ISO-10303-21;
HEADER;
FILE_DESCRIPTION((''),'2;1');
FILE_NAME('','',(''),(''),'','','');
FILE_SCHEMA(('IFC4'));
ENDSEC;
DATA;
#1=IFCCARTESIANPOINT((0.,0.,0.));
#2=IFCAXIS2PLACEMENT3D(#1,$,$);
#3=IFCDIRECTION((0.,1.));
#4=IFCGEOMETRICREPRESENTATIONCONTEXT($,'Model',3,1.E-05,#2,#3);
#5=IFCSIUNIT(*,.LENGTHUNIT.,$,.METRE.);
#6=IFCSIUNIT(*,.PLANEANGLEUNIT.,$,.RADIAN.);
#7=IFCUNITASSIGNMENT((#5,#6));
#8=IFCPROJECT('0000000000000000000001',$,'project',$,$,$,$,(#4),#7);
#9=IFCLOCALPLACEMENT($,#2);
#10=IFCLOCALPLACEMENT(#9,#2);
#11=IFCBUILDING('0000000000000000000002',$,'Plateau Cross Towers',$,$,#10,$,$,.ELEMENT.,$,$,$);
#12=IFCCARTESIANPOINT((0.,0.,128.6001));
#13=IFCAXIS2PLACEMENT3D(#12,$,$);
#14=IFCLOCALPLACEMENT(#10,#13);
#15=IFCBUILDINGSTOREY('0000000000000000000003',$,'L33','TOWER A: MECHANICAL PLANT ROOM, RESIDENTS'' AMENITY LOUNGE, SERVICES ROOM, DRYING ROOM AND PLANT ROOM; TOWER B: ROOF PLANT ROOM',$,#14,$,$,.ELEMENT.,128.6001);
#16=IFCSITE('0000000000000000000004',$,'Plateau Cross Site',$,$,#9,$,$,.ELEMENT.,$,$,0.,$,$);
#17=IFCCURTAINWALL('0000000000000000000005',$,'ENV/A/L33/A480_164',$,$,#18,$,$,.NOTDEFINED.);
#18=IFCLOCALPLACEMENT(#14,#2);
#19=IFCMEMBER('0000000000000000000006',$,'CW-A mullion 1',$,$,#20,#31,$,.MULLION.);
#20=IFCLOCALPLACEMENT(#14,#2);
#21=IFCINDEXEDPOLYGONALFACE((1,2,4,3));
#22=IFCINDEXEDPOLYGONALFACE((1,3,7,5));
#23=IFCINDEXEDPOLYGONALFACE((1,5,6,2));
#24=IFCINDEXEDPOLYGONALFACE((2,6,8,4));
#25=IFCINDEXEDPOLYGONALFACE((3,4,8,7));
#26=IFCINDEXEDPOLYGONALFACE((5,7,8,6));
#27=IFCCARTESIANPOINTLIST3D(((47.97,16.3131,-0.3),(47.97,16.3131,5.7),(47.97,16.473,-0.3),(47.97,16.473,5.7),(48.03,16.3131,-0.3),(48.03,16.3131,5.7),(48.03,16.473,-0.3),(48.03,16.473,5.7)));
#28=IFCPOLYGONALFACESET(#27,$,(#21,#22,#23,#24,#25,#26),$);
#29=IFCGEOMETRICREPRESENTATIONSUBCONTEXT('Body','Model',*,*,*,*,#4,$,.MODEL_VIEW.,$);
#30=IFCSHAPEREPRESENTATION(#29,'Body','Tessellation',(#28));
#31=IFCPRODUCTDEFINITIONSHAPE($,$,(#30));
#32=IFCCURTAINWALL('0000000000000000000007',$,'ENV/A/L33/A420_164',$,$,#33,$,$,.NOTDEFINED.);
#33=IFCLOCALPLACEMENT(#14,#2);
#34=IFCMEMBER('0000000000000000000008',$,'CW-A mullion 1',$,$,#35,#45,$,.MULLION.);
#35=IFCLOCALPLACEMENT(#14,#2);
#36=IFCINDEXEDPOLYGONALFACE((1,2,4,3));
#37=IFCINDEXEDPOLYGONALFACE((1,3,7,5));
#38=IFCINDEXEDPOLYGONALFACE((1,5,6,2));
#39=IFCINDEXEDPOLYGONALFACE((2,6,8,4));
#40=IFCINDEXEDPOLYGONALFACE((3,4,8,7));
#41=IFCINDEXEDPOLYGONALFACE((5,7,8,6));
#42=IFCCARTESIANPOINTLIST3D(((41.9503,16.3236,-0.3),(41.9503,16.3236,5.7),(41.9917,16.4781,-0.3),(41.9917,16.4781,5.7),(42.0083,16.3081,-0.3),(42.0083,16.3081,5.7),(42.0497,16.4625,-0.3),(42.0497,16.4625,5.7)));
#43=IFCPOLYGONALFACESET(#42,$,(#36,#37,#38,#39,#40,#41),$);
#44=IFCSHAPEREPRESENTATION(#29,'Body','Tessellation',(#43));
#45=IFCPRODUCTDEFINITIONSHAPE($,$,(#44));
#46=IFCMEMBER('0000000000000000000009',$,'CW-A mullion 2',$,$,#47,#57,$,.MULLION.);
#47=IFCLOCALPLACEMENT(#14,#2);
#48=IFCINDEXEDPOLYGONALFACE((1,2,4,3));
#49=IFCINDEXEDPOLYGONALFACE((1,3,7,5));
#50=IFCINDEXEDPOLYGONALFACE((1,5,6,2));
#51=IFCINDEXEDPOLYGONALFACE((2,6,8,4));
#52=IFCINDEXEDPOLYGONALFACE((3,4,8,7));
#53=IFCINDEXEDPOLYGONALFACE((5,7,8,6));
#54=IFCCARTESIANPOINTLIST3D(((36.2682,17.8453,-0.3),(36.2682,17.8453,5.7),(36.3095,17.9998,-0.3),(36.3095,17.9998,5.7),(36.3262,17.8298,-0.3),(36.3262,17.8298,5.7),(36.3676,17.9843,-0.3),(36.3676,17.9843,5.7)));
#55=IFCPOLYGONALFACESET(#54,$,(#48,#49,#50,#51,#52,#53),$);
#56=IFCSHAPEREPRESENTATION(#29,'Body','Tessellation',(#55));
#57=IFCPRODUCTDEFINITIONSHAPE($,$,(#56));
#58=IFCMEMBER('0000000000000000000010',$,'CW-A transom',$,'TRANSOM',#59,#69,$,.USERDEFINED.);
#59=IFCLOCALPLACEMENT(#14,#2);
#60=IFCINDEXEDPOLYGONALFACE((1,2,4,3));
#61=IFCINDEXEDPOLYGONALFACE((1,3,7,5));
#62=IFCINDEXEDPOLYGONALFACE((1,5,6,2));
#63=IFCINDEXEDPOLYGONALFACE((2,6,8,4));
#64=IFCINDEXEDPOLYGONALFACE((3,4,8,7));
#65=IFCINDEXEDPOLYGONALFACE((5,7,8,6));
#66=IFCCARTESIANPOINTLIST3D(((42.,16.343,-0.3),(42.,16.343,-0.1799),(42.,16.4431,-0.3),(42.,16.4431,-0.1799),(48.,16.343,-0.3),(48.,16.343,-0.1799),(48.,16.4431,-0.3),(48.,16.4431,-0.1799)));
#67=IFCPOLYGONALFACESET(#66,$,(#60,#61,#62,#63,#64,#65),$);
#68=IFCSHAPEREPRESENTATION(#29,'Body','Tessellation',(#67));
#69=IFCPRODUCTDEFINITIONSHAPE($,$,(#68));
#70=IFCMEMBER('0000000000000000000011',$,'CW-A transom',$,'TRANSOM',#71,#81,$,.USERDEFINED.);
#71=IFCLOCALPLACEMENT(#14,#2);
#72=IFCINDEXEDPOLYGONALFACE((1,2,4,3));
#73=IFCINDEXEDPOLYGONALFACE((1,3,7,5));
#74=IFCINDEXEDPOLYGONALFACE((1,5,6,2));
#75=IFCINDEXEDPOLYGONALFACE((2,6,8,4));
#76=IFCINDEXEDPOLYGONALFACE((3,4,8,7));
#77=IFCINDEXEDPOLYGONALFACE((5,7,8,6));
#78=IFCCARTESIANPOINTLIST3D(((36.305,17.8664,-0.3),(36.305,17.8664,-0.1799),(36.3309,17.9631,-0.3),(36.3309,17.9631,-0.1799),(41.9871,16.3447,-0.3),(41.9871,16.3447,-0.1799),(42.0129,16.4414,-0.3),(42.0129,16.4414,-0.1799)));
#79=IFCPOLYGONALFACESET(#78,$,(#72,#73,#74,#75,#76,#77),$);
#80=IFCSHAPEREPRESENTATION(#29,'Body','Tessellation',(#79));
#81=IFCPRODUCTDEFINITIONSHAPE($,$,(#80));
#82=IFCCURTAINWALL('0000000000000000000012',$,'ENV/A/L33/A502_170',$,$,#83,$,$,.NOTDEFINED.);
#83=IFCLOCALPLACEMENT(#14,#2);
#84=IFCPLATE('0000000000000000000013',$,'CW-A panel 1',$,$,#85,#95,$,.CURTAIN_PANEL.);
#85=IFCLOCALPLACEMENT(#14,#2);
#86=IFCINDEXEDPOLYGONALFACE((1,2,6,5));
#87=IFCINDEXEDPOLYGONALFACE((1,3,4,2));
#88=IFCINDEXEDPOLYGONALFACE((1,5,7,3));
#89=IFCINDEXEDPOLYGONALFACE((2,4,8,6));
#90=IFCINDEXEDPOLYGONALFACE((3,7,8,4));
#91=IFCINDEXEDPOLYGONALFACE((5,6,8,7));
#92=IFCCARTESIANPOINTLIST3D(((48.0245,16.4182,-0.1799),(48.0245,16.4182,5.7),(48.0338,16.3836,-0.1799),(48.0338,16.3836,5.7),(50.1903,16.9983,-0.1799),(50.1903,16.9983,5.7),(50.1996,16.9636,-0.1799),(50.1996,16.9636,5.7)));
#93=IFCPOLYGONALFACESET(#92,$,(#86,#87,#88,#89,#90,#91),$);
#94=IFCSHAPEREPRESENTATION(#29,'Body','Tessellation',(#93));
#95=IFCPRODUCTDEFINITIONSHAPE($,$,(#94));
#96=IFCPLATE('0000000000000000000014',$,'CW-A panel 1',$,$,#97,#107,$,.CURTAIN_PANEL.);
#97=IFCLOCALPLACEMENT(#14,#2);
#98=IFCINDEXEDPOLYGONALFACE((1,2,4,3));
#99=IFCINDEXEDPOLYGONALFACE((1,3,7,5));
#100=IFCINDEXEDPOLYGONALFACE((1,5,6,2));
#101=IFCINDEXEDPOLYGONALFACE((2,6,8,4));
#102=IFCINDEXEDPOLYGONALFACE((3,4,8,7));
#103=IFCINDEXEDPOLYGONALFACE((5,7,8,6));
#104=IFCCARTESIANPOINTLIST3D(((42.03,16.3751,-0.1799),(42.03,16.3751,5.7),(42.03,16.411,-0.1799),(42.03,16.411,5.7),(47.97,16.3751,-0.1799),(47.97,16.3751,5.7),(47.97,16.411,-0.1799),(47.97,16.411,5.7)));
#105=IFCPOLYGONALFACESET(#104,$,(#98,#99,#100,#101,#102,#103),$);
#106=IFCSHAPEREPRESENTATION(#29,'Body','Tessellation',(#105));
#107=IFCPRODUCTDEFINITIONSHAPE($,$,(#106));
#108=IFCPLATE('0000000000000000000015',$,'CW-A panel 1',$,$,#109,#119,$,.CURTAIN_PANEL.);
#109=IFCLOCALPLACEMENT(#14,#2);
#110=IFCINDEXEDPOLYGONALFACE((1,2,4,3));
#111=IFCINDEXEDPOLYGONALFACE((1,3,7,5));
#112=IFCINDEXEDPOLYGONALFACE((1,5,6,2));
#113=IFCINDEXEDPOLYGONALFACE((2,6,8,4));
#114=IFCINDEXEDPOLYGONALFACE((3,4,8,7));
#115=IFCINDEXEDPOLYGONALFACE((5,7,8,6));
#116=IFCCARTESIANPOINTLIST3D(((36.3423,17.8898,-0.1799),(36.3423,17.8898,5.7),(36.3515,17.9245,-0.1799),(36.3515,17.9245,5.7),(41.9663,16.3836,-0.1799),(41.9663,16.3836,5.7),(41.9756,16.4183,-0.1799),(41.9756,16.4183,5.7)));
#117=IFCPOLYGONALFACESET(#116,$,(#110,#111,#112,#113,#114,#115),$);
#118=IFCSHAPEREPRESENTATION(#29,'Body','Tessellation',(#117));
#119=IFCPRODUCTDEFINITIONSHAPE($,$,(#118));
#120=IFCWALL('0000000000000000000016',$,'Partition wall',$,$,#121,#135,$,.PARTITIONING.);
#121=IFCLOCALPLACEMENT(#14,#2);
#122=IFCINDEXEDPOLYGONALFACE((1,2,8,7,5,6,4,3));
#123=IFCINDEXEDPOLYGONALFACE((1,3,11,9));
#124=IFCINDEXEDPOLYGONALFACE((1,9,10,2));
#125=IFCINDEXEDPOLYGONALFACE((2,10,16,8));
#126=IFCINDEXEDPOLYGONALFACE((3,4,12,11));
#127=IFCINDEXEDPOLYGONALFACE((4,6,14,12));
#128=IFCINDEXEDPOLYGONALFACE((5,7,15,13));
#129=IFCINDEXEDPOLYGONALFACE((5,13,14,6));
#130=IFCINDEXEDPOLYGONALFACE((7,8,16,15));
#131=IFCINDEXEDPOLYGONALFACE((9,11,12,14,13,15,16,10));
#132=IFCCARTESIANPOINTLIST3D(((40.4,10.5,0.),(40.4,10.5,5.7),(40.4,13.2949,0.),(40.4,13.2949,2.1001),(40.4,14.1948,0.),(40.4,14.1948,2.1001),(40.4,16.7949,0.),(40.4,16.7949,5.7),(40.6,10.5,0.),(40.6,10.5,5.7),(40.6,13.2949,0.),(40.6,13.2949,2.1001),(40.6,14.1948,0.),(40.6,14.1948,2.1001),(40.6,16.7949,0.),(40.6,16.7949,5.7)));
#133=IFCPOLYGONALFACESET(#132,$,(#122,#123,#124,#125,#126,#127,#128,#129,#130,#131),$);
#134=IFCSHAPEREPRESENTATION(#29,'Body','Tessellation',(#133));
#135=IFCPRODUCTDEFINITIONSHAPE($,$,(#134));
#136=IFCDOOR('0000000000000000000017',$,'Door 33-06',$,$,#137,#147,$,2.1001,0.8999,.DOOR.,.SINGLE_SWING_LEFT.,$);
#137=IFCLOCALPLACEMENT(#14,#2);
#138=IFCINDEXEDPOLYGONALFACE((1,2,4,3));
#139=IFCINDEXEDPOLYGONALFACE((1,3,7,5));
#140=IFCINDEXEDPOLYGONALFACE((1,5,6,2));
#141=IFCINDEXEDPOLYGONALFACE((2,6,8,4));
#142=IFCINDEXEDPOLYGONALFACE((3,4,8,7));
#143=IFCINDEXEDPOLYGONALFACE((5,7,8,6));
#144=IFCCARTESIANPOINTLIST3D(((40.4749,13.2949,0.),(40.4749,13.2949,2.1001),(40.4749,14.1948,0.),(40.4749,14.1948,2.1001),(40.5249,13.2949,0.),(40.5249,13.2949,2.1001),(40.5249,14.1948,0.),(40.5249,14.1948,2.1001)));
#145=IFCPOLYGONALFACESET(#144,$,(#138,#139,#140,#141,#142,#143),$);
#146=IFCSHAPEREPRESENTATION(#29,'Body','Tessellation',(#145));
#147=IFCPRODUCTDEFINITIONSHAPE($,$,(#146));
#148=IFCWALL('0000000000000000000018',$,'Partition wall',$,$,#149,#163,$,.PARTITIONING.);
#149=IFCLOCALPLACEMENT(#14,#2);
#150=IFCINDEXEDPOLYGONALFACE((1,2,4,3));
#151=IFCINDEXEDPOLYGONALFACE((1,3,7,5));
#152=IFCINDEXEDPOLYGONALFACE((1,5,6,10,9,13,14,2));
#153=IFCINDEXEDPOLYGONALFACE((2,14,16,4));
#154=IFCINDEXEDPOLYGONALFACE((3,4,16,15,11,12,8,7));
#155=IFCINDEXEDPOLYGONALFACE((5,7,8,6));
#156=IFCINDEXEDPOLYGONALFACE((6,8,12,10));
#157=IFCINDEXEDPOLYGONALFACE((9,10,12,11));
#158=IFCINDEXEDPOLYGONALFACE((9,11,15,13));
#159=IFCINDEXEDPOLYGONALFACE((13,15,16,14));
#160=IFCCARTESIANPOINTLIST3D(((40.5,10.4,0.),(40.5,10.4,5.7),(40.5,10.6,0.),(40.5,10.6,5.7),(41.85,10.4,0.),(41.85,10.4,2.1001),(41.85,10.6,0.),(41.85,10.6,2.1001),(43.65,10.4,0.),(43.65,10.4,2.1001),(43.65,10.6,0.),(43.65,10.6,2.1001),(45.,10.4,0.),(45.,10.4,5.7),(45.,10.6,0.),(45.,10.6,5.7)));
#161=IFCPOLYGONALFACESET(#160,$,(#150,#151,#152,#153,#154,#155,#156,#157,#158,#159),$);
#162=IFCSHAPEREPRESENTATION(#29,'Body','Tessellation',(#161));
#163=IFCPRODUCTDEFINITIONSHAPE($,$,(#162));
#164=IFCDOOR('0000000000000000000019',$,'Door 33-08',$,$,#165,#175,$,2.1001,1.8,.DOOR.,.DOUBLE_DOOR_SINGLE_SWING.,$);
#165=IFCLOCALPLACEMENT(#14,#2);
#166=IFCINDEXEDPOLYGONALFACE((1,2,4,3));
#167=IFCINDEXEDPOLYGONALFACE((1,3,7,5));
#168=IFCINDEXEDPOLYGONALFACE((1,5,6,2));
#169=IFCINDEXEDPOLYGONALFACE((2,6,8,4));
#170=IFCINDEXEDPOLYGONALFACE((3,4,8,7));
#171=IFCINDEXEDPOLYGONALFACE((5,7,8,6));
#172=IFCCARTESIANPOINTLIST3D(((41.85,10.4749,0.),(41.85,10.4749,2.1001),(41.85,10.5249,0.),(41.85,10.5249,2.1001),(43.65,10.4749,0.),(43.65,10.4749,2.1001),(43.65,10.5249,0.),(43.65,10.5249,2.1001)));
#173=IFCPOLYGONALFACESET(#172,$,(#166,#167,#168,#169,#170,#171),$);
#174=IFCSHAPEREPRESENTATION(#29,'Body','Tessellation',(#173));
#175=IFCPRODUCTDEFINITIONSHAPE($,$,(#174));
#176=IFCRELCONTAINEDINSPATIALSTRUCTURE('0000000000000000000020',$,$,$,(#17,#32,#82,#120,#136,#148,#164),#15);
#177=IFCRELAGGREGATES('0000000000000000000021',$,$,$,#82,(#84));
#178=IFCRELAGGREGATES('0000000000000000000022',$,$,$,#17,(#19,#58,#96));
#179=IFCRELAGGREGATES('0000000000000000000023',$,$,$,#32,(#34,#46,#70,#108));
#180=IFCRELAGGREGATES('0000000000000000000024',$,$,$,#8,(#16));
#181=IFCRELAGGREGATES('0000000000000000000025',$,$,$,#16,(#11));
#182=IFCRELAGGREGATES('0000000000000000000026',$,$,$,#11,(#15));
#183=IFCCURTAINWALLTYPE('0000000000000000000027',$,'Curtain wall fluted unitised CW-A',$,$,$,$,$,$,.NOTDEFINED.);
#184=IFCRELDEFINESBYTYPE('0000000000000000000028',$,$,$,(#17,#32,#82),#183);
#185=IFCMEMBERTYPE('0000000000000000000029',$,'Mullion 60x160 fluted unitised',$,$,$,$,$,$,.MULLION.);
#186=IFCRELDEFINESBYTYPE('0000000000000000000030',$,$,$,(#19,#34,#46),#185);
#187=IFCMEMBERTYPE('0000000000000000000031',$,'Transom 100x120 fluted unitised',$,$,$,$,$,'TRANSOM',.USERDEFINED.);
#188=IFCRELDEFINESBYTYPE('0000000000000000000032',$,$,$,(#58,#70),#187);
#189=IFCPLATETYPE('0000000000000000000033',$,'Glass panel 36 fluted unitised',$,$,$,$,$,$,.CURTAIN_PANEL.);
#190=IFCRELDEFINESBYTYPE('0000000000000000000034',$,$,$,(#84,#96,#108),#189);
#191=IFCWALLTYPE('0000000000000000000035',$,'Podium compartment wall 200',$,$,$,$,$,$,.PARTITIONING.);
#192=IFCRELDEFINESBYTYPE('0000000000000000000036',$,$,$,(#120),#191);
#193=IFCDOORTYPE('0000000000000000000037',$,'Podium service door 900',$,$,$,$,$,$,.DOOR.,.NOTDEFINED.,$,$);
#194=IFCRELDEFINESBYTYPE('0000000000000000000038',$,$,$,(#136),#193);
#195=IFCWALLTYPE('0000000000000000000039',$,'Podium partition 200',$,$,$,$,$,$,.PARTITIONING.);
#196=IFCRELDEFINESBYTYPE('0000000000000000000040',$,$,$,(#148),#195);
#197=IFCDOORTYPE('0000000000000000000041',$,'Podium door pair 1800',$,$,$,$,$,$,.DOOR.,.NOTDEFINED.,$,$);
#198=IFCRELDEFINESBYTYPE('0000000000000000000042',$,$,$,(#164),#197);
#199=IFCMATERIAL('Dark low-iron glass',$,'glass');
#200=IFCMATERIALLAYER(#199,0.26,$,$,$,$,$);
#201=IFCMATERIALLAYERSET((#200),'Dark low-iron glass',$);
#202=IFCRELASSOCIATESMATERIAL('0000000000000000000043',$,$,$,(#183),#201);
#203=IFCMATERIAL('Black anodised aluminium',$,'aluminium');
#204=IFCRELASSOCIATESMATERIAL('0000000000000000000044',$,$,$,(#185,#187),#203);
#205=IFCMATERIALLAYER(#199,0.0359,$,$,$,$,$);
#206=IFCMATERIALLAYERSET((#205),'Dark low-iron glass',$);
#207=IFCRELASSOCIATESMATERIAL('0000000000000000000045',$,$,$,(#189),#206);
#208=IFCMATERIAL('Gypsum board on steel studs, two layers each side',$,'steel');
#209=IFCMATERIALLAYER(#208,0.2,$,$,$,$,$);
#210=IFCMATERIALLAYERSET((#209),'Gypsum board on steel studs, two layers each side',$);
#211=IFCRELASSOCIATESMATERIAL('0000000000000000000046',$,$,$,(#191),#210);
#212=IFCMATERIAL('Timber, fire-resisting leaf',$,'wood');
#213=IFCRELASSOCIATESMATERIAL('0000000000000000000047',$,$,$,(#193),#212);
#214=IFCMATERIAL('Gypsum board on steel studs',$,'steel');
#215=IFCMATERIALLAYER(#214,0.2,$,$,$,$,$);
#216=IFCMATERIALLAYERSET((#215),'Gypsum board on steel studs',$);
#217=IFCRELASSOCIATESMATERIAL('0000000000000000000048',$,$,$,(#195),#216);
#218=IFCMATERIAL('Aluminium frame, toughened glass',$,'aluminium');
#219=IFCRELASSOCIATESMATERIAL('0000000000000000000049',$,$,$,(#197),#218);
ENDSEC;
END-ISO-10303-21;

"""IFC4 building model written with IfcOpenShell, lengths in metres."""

from ifc_helpers import new_model, si_unit, direction, frame, frame_2d, origin, origin_2d, place, context, subcontext, project, spatial, rectangle, extrude, material, layer, layer_set, material_profile, profile_set, type_object, element, fill, aggregate, save


model = new_model("IFC4")

# Units and contexts
model_context = context("Model", 3, precision=1e-05, world=origin(), true_north=direction((0.0, 1.0)))
body_context = subcontext(model_context, "Body", "Model", "MODEL_VIEW")
ifc_project = project(units=[si_unit("LENGTHUNIT", "METRE"), si_unit("PLANEANGLEUNIT", "RADIAN")], contexts=[model_context])

# Site, building, storey
site_placement = place(None, origin())
site = spatial("IfcSite", under=ifc_project, at=site_placement, Name="Plateau Cross Site", CompositionType="ELEMENT", RefElevation=0.0)
building_placement = place(site_placement, origin())
building = spatial("IfcBuilding", under=site, at=building_placement, Name="Plateau Cross Towers", CompositionType="ELEMENT")
storey_placement = place(building_placement, frame((0.0, 0.0, 128.6001)))
storey = spatial("IfcBuildingStorey", under=building, at=storey_placement, Name="L33", Description="TOWER A: MECHANICAL PLANT ROOM, RESIDENTS' AMENITY LOUNGE, SERVICES ROOM, DRYING ROOM AND PLANT ROOM; TOWER B: ROOF PLANT ROOM", CompositionType="ELEMENT", Elevation=128.6001)

# Curtain wall, member
ifc_material_1 = material(Name="Dark low-iron glass", Category="glass")
ifc_layer_1 = layer(ifc_material_1, 0.26)
ifc_layer_set_1 = layer_set([ifc_layer_1], Name="Dark low-iron glass")
curtain_wall_type = type_object("IfcCurtainWallType", Name="Curtain wall fluted unitised CW-A", PredefinedType="NOTDEFINED", material=ifc_layer_set_1)
curtain_wall_1_placement = place(storey_placement, origin())
curtain_wall_1 = element("IfcCurtainWall", 1, at=curtain_wall_1_placement, inside=storey, type_object=curtain_wall_type, Name="ENV/A/L33/A480_164", PredefinedType="NOTDEFINED")
ifc_material_2 = material(Name="Black anodised aluminium", Category="aluminium")
ifc_material_profile_1 = material_profile(ifc_material_2, rectangle(XDim=0.0601, YDim=0.1599, at=origin_2d()), Name="MULLION 60x160")
ifc_profile_set_1 = profile_set([ifc_material_profile_1], Name="Black anodised aluminium")
member_type_1 = type_object("IfcMemberType", Name="Mullion 60x160 fluted unitised", PredefinedType="MULLION", material=ifc_profile_set_1)
member_1_placement = place(storey_placement, frame((48.0, 16.3931, -0.3), z_axis=(0.0, 0.0, 1.0), x_axis=(-1.0, 0.0, 0.0)))
member_1 = element("IfcMember", 2, at=member_1_placement, type_object=member_type_1, Name="CW-A mullion 1", PredefinedType="MULLION", context=body_context, shape_type="SweptSolid", body=[
    extrude(rectangle(XDim=0.0601, YDim=0.1599, at=origin_2d()), origin(), (0.0, 0.0, 1.0), 6.0),
])

# Curtain wall, members
curtain_wall_2_placement = place(storey_placement, origin())
curtain_wall_2 = element("IfcCurtainWall", 3, at=curtain_wall_2_placement, inside=storey, type_object=curtain_wall_type, Name="ENV/A/L33/A420_164", PredefinedType="NOTDEFINED")
member_2_placement = place(storey_placement, frame((42.0, 16.3931, -0.3), z_axis=(0.0, 0.0, 1.0), x_axis=(-0.965958, 0.258699, 0.0)))
member_2 = element("IfcMember", 4, at=member_2_placement, type_object=member_type_1, Name="CW-A mullion 1", PredefinedType="MULLION", context=body_context, shape_type="SweptSolid", body=[
    extrude(rectangle(XDim=0.0601, YDim=0.1599, at=origin_2d()), origin(), (0.0, 0.0, 1.0), 6.0),
])
member_3_placement = place(storey_placement, frame((36.3179, 17.9148, -0.3), z_axis=(0.0, 0.0, 1.0), x_axis=(-0.965958, 0.258699, 0.0)))
member_3 = element("IfcMember", 5, at=member_3_placement, type_object=member_type_1, Name="CW-A mullion 2", PredefinedType="MULLION", context=body_context, shape_type="SweptSolid", body=[
    extrude(rectangle(XDim=0.0601, YDim=0.1599, at=origin_2d()), origin(), (0.0, 0.0, 1.0), 6.0),
])

# Members
ifc_material_profile_2 = material_profile(ifc_material_2, rectangle(XDim=0.1001, YDim=0.1201, at=origin_2d()), Name="TRANSOM 100x120")
ifc_profile_set_2 = profile_set([ifc_material_profile_2], Name="Black anodised aluminium")
member_type_2 = type_object("IfcMemberType", Name="Transom 100x120 fluted unitised", ElementType="TRANSOM", PredefinedType="USERDEFINED", material=ifc_profile_set_2)
member_4_placement = place(storey_placement, frame((48.0, 16.3931, -0.24), z_axis=(-1.0, 0.0, 0.0), x_axis=(0.0, -1.0, 0.0)))
member_4 = element("IfcMember", 6, at=member_4_placement, type_object=member_type_2, Name="CW-A transom", ObjectType="TRANSOM", PredefinedType="USERDEFINED", context=body_context, shape_type="SweptSolid", body=[
    extrude(rectangle(XDim=0.1001, YDim=0.1201, at=origin_2d()), origin(), (0.0, 0.0, 1.0), 6.0),
])
member_5_placement = place(storey_placement, frame((42.0, 16.3931, -0.24), z_axis=(-0.96596, 0.258693, 0.0), x_axis=(-0.258693, -0.96596, 0.0)))
member_5 = element("IfcMember", 7, at=member_5_placement, type_object=member_type_2, Name="CW-A transom", ObjectType="TRANSOM", PredefinedType="USERDEFINED", context=body_context, shape_type="SweptSolid", body=[
    extrude(rectangle(XDim=0.1001, YDim=0.1201, at=origin_2d()), origin(), (0.0, 0.0, 1.0), 5.8823),
])

# Curtain wall, plate
curtain_wall_3_placement = place(storey_placement, origin())
curtain_wall_3 = element("IfcCurtainWall", 8, at=curtain_wall_3_placement, inside=storey, type_object=curtain_wall_type, Name="ENV/A/L33/A502_170", PredefinedType="NOTDEFINED")
ifc_layer_2 = layer(ifc_material_1, 0.0359)
ifc_layer_set_2 = layer_set([ifc_layer_2], Name="Dark low-iron glass")
plate_type = type_object("IfcPlateType", Name="Glass panel 36 fluted unitised", PredefinedType="CURTAIN_PANEL", material=ifc_layer_set_2)
plate_1_placement = place(storey_placement, frame((49.1121, 16.6909, -0.1799), z_axis=(0.0, 0.0, 1.0), x_axis=(-0.965958, -0.258699, 0.0)))
plate_1 = element("IfcPlate", 9, at=plate_1_placement, type_object=plate_type, Name="CW-A panel 1", PredefinedType="CURTAIN_PANEL", context=body_context, shape_type="SweptSolid", body=[
    extrude(rectangle(XDim=2.2422, YDim=0.0359, at=origin_2d()), origin(), (0.0, 0.0, 1.0), 5.8799),
])
aggregate(curtain_wall_3, [plate_1])

# Plates
plate_2_placement = place(storey_placement, frame((45.0, 16.3931, -0.1799), z_axis=(0.0, 0.0, 1.0), x_axis=(-1.0, 0.0, 0.0)))
plate_2 = element("IfcPlate", 10, at=plate_2_placement, type_object=plate_type, Name="CW-A panel 1", PredefinedType="CURTAIN_PANEL", context=body_context, shape_type="SweptSolid", body=[
    extrude(rectangle(XDim=5.9399, YDim=0.0359, at=origin_2d()), origin(), (0.0, 0.0, 1.0), 5.8799),
])
aggregate(curtain_wall_1, [member_1, member_4, plate_2])
plate_3_placement = place(storey_placement, frame((39.1589, 17.1541, -0.1799), z_axis=(0.0, 0.0, 1.0), x_axis=(-0.965958, 0.258699, 0.0)))
plate_3 = element("IfcPlate", 11, at=plate_3_placement, type_object=plate_type, Name="CW-A panel 1", PredefinedType="CURTAIN_PANEL", context=body_context, shape_type="SweptSolid", body=[
    extrude(rectangle(XDim=5.8223, YDim=0.0359, at=origin_2d()), origin(), (0.0, 0.0, 1.0), 5.8799),
])
aggregate(curtain_wall_2, [member_2, member_3, member_5, plate_3])

# Walls, openings, doors
ifc_material_3 = material(Name="Gypsum board on steel studs, two layers each side", Category="steel")
ifc_layer_3 = layer(ifc_material_3, 0.2)
ifc_layer_set_3 = layer_set([ifc_layer_3], Name="Gypsum board on steel studs, two layers each side")
wall_type_1 = type_object("IfcWallType", Name="Podium compartment wall 200", PredefinedType="PARTITIONING", material=ifc_layer_set_3)
wall_1_placement = place(storey_placement, frame((40.5, 16.7949, 0.0), z_axis=(0.0, 0.0, 1.0), x_axis=(0.0, -1.0, 0.0)))
wall_1 = element("IfcWall", 12, at=wall_1_placement, inside=storey, type_object=wall_type_1, Name="Partition wall", PredefinedType="PARTITIONING", context=body_context, shape_type="SweptSolid", body=[
    extrude(rectangle(XDim=6.2949, YDim=0.2, at=frame_2d((3.1475, 0.0))), origin(), (0.0, 0.0, 1.0), 5.7),
])
opening_1_placement = place(wall_1_placement, frame((2.6001, 0.0, 0.0)))
opening_1 = element("IfcOpeningElement", 13, at=opening_1_placement, cuts=wall_1, PredefinedType="OPENING", context=body_context, shape_type="SweptSolid", body=[
    extrude(rectangle(XDim=0.8999, YDim=2.1001, at=frame_2d((0.45, 1.05))), frame((0.0, 0.1099, 0.0), z_axis=(0.0, -1.0, 0.0), x_axis=(1.0, 0.0, 0.0)), (0.0, 0.0, 1.0), 0.22),
])
ifc_material_4 = material(Name="Timber, fire-resisting leaf", Category="wood")
door_type_1 = type_object("IfcDoorType", Name="Podium service door 900", OperationType="NOTDEFINED", PredefinedType="DOOR", material=ifc_material_4)
door_1_placement = place(opening_1_placement, origin())
door_1 = element("IfcDoor", 14, at=door_1_placement, inside=storey, type_object=door_type_1, Name="Door 33-06", OperationType="SINGLE_SWING_LEFT", OverallHeight=2.1001, OverallWidth=0.8999, PredefinedType="DOOR", context=body_context, shape_type="SweptSolid", body=[
    extrude(rectangle(XDim=0.8999, YDim=2.1001, at=frame_2d((0.45, 1.05))), frame((0.0, 0.0249, 0.0), z_axis=(0.0, -1.0, 0.0), x_axis=(1.0, 0.0, 0.0)), (0.0, 0.0, 1.0), 0.05),
])
fill(opening_1, door_1)
ifc_material_5 = material(Name="Gypsum board on steel studs", Category="steel")
ifc_layer_4 = layer(ifc_material_5, 0.2)
ifc_layer_set_4 = layer_set([ifc_layer_4], Name="Gypsum board on steel studs")
wall_type_2 = type_object("IfcWallType", Name="Podium partition 200", PredefinedType="PARTITIONING", material=ifc_layer_set_4)
wall_2_placement = place(storey_placement, frame((40.5, 10.5, 0.0), z_axis=(0.0, 0.0, 1.0), x_axis=(1.0, 0.0, 0.0)))
wall_2 = element("IfcWall", 15, at=wall_2_placement, inside=storey, type_object=wall_type_2, Name="Partition wall", PredefinedType="PARTITIONING", context=body_context, shape_type="SweptSolid", body=[
    extrude(rectangle(XDim=4.5, YDim=0.2, at=frame_2d((2.25, 0.0))), origin(), (0.0, 0.0, 1.0), 5.7),
])
opening_2_placement = place(wall_2_placement, frame((1.3501, 0.0, 0.0)))
opening_2 = element("IfcOpeningElement", 16, at=opening_2_placement, cuts=wall_2, PredefinedType="OPENING", context=body_context, shape_type="SweptSolid", body=[
    extrude(rectangle(XDim=1.8, YDim=2.1001, at=frame_2d((0.8999, 1.05))), frame((0.0, 0.1099, 0.0), z_axis=(0.0, -1.0, 0.0), x_axis=(1.0, 0.0, 0.0)), (0.0, 0.0, 1.0), 0.22),
])
ifc_material_6 = material(Name="Aluminium frame, toughened glass", Category="aluminium")
door_type_2 = type_object("IfcDoorType", Name="Podium door pair 1800", OperationType="NOTDEFINED", PredefinedType="DOOR", material=ifc_material_6)
door_2_placement = place(opening_2_placement, origin())
door_2 = element("IfcDoor", 17, at=door_2_placement, inside=storey, type_object=door_type_2, Name="Door 33-08", OperationType="DOUBLE_DOOR_SINGLE_SWING", OverallHeight=2.1001, OverallWidth=1.8, PredefinedType="DOOR", context=body_context, shape_type="SweptSolid", body=[
    extrude(rectangle(XDim=1.8, YDim=2.1001, at=frame_2d((0.8999, 1.05))), frame((0.0, 0.0249, 0.0), z_axis=(0.0, -1.0, 0.0), x_axis=(1.0, 0.0, 0.0)), (0.0, 0.0, 1.0), 0.05),
])
fill(opening_2, door_2)

save(model, "model.ifc")
